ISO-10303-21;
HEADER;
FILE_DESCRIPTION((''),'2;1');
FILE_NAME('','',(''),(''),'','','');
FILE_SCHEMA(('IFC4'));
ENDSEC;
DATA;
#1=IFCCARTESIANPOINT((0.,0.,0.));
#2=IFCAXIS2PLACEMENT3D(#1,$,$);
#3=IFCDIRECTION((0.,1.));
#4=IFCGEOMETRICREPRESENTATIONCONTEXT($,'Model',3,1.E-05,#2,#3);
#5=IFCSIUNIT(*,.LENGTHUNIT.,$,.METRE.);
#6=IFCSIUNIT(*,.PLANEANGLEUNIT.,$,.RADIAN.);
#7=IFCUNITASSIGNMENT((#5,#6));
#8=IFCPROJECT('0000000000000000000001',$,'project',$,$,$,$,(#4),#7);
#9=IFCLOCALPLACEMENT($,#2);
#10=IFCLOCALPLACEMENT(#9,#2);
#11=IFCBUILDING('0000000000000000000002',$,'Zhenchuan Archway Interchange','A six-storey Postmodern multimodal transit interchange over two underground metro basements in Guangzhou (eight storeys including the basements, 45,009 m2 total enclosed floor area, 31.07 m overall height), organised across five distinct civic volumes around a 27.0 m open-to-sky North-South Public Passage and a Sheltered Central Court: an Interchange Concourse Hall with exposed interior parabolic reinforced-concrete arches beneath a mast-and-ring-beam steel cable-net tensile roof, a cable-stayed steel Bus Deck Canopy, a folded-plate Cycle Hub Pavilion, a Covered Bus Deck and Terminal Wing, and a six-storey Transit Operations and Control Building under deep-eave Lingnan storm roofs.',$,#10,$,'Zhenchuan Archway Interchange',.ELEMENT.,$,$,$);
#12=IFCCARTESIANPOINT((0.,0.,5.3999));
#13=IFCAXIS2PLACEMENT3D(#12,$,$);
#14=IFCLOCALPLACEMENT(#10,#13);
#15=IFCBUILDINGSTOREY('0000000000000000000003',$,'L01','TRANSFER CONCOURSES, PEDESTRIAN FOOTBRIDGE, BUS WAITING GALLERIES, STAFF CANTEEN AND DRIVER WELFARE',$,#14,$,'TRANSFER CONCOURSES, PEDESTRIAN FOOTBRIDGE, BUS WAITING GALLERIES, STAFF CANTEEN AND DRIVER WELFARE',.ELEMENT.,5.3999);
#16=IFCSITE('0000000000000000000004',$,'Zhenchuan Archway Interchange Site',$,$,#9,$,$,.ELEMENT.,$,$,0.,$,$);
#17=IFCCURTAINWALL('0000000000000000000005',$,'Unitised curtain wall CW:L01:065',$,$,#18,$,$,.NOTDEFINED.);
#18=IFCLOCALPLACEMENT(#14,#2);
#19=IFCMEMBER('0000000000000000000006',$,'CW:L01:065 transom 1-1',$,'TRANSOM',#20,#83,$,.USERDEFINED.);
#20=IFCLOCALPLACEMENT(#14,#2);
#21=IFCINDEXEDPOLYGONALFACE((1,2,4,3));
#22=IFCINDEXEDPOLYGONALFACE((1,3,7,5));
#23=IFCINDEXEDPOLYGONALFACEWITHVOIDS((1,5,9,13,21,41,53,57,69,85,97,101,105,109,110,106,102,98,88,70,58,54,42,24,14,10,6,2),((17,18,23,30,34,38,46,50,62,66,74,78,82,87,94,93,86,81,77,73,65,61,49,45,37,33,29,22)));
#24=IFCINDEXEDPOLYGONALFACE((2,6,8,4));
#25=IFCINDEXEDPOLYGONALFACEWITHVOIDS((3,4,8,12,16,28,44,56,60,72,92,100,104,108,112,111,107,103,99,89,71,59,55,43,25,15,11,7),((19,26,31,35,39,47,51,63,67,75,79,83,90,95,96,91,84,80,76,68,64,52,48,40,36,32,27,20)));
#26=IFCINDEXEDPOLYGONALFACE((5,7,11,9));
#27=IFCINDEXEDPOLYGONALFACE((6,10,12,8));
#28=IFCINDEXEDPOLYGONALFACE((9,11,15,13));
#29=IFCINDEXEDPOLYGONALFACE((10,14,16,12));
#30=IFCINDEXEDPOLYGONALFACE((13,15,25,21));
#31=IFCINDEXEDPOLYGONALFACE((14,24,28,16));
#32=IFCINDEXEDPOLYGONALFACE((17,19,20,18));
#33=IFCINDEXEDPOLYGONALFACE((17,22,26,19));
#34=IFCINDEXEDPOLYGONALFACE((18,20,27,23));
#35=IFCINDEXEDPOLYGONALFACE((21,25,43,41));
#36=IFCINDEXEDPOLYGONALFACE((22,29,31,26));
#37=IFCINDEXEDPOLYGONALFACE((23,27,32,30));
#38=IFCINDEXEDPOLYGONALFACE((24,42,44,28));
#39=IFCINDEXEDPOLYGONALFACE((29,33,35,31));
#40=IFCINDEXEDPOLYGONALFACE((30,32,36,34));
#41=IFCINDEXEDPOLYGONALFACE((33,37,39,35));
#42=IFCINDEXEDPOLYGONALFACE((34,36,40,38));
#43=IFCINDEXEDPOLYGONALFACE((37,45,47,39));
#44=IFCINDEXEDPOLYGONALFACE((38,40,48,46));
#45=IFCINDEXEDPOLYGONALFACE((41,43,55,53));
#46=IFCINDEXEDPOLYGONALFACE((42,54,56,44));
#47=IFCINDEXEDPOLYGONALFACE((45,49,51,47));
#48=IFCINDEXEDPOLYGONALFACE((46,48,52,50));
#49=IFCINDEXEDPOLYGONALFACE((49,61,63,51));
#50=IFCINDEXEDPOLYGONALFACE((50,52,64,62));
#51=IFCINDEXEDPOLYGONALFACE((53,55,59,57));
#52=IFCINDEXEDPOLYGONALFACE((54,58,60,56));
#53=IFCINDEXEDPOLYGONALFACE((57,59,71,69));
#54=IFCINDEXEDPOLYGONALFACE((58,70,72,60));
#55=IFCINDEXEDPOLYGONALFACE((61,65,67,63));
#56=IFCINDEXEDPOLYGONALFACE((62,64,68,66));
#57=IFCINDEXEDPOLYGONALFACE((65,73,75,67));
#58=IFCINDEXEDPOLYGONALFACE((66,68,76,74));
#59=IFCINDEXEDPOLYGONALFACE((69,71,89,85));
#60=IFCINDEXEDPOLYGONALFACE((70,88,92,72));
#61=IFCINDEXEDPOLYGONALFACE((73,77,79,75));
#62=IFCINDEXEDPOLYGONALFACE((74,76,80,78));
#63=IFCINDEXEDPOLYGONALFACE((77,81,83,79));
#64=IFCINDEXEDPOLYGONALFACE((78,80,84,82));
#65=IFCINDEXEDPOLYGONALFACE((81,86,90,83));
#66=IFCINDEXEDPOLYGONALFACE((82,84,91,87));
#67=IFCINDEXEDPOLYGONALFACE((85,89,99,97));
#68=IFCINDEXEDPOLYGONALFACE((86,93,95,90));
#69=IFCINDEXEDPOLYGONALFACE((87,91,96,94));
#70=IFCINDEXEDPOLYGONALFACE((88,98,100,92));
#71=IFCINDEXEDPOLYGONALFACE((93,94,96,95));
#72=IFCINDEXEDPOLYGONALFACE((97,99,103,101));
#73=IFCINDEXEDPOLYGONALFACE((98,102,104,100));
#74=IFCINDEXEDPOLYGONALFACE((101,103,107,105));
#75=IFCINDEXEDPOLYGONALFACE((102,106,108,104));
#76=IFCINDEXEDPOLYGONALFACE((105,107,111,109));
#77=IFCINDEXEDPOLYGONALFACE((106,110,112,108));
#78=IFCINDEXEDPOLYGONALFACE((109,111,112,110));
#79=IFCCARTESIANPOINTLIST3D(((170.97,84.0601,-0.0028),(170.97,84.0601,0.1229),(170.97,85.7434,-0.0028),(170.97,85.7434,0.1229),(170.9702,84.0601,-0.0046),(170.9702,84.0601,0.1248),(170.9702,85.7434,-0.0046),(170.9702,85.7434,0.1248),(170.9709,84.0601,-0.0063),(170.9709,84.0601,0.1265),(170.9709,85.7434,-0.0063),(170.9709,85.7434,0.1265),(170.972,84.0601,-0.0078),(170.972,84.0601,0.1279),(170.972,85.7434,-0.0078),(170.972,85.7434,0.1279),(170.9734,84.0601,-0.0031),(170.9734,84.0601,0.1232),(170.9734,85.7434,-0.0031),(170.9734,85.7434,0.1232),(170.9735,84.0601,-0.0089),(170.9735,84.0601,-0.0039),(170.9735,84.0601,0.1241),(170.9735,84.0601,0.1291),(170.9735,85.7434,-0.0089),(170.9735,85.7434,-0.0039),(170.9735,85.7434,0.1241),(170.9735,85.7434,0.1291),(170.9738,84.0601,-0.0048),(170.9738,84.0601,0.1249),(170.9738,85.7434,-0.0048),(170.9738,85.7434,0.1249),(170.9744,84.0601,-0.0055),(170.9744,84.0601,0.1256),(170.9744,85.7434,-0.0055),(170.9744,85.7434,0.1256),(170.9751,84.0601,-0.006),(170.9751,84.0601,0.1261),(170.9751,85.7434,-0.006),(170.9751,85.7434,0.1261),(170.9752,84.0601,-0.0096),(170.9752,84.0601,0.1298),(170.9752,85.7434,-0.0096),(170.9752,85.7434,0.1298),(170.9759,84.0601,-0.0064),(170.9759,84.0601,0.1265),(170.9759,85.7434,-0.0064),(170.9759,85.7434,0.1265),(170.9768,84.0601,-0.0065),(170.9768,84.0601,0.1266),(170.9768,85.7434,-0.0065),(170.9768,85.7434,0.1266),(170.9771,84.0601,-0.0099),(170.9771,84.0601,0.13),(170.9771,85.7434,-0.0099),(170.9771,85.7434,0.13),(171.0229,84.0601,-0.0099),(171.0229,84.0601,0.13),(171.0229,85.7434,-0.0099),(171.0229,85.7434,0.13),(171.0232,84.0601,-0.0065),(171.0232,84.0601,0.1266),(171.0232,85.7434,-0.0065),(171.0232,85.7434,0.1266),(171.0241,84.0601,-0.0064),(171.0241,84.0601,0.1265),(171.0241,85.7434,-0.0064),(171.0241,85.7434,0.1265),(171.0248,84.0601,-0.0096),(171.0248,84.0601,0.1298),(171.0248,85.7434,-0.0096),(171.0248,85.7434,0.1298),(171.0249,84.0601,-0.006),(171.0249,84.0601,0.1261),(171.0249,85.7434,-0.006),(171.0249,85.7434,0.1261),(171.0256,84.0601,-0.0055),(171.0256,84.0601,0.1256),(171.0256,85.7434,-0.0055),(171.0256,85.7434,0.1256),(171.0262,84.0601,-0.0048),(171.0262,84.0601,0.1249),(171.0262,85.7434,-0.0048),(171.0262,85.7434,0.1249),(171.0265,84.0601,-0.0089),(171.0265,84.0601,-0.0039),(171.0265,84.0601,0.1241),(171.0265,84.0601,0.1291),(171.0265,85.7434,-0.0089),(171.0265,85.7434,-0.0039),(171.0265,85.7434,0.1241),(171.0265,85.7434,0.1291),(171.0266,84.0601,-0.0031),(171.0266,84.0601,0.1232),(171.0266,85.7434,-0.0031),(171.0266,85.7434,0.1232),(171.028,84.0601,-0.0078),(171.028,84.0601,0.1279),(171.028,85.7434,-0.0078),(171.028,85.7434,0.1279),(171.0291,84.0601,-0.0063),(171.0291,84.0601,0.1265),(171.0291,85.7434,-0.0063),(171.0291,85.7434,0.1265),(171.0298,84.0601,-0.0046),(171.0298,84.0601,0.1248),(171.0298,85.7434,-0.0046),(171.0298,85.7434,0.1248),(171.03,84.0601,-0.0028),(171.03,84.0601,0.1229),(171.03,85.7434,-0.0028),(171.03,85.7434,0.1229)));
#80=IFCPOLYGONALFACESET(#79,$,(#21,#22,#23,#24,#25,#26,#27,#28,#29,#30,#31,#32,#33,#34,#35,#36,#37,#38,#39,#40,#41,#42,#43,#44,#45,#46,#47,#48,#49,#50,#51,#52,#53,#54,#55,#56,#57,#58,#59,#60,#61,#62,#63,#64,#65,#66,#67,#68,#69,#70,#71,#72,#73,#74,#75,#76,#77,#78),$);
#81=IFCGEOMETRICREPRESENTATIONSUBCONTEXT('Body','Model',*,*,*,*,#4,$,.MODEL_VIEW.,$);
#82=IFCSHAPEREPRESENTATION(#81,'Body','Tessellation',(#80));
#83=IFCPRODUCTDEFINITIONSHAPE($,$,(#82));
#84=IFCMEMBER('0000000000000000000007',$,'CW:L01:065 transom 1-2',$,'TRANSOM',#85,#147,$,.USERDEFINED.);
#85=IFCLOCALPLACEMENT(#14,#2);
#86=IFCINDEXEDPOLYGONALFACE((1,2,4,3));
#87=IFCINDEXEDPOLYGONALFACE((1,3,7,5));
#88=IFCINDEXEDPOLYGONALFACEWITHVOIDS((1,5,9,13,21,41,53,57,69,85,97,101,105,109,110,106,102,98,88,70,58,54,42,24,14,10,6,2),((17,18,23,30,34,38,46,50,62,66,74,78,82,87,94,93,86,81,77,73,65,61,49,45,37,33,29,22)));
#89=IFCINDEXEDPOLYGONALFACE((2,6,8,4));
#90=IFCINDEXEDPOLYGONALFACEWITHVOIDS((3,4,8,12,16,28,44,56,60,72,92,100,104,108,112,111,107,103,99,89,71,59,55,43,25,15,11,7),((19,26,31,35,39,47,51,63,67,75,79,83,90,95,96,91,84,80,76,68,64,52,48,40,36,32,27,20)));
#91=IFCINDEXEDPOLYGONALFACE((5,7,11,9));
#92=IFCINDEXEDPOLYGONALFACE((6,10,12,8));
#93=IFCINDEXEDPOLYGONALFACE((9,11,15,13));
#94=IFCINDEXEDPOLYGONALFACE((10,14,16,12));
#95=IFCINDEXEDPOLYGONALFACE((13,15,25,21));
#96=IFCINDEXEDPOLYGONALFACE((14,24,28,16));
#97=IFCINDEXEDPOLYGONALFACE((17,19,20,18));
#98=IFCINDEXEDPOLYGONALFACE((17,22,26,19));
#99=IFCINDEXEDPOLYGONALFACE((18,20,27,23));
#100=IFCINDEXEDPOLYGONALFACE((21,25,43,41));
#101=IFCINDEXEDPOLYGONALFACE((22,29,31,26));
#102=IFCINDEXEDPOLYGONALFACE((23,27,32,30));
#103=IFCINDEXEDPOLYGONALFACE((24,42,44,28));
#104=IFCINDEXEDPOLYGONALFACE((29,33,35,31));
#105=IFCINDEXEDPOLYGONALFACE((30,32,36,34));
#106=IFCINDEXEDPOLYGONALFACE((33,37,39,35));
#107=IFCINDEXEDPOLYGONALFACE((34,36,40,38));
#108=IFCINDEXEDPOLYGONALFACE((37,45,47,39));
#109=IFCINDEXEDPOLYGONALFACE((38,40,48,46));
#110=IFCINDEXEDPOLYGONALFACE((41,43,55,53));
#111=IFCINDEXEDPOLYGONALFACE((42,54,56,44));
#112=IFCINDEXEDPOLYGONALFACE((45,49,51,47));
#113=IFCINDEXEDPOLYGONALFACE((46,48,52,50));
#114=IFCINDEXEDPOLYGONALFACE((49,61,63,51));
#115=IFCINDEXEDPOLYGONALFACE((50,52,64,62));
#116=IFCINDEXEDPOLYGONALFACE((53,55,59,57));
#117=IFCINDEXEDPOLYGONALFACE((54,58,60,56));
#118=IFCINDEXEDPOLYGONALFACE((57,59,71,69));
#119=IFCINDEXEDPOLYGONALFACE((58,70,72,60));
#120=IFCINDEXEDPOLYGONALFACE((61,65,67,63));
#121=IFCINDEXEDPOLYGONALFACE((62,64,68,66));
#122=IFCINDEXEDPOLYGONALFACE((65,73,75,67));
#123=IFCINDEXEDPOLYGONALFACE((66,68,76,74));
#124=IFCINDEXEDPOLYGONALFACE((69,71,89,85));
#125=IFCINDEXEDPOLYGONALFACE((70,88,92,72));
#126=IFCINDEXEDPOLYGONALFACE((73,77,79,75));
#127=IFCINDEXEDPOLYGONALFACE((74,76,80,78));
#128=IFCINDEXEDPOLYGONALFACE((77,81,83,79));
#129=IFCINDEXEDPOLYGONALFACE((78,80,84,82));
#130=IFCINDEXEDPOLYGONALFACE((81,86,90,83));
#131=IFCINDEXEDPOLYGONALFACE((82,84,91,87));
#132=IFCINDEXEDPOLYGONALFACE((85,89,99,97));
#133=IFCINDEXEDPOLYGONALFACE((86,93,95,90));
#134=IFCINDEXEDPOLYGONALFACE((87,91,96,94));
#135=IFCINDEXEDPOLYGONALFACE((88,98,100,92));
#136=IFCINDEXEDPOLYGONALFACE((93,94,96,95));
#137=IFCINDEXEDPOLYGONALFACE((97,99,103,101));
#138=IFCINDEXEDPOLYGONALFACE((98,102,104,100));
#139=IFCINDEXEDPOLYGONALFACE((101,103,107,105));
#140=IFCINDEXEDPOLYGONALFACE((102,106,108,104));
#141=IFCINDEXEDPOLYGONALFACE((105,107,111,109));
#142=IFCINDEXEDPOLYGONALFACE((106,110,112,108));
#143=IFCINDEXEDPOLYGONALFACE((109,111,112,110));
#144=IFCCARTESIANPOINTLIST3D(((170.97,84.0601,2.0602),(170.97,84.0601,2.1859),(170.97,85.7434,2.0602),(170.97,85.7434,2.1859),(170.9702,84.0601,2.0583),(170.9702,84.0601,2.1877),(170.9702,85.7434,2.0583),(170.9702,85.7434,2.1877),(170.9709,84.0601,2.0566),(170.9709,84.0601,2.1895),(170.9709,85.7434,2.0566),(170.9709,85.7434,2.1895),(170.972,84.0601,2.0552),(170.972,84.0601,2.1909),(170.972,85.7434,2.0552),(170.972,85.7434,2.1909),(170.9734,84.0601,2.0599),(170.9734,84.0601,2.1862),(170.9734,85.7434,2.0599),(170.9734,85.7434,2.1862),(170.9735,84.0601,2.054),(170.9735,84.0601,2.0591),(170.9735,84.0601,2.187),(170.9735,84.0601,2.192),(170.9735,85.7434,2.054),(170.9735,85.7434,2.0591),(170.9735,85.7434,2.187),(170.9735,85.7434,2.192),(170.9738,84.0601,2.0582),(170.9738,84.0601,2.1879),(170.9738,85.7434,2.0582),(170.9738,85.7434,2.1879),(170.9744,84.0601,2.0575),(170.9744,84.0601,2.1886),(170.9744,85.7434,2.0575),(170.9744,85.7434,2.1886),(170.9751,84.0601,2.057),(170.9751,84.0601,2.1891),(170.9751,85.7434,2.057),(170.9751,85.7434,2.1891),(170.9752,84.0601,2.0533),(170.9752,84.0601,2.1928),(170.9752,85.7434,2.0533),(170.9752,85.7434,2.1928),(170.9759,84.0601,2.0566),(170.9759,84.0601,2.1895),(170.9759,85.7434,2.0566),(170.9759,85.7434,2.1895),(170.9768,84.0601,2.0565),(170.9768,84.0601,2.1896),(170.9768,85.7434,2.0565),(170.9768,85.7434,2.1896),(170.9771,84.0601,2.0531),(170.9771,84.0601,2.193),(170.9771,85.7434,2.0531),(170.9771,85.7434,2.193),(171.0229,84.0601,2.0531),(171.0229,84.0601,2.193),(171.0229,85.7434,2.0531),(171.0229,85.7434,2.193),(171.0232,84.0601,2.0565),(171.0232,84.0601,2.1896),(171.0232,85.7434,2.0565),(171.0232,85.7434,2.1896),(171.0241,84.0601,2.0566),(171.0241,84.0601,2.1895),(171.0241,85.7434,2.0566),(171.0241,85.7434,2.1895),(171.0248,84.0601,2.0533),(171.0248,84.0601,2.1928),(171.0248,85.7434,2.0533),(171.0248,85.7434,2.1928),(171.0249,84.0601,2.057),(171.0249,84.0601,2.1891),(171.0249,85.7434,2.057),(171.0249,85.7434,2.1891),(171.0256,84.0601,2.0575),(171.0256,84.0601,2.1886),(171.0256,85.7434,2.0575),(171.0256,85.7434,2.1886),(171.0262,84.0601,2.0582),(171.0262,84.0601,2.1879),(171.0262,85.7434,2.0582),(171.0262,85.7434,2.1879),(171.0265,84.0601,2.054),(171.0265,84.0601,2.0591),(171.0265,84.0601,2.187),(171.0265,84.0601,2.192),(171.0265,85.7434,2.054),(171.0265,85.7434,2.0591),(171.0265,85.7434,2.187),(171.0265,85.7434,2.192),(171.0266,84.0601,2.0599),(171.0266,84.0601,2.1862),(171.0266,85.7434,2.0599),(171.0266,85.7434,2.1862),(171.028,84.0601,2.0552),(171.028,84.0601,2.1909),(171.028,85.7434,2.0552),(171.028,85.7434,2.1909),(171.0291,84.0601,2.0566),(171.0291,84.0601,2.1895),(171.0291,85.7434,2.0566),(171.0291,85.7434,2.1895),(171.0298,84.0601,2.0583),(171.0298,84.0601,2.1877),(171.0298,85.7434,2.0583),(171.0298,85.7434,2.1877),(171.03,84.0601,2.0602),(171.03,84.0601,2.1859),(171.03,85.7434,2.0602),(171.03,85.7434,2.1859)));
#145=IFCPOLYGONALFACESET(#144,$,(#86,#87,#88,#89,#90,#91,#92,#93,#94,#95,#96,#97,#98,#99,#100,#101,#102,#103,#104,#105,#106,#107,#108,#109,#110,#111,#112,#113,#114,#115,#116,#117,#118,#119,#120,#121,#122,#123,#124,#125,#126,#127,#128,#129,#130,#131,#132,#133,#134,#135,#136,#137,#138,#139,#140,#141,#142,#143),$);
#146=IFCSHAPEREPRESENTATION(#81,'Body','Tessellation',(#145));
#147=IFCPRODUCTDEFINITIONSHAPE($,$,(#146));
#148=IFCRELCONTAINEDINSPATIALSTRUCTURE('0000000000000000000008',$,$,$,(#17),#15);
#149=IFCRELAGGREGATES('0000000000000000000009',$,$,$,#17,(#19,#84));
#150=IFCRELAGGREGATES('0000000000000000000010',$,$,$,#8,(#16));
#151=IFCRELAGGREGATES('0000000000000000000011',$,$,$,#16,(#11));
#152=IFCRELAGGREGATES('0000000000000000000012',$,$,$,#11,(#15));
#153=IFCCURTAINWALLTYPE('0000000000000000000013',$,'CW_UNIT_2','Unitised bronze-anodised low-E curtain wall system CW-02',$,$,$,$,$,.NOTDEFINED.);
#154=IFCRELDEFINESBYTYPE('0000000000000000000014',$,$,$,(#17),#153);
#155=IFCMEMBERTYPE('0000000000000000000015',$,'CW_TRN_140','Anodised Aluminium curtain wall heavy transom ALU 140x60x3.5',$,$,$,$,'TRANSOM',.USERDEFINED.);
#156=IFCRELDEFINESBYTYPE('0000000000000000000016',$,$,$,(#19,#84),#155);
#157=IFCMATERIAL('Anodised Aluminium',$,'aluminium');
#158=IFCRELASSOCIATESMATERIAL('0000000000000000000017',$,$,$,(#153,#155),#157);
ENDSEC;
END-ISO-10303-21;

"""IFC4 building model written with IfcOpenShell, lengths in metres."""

from ifc_helpers import new_model, si_unit, direction, frame, origin, origin_2d, place, context, subcontext, project, spatial, hollow_rectangle, extrude, material, material_profile, profile_set, type_object, element, aggregate, save


model = new_model("IFC4")

# Units and contexts
model_context = context("Model", 3, precision=1e-05, world=origin(), true_north=direction((0.0, 1.0)))
body_context = subcontext(model_context, "Body", "Model", "MODEL_VIEW")
ifc_project = project(units=[si_unit("LENGTHUNIT", "METRE"), si_unit("PLANEANGLEUNIT", "RADIAN")], contexts=[model_context])

# Site, building, storey
site_placement = place(None, origin())
site = spatial("IfcSite", under=ifc_project, at=site_placement, Name="Zhenchuan Archway Interchange Site", CompositionType="ELEMENT", RefElevation=0.0)
building_placement = place(site_placement, origin())
building = spatial("IfcBuilding", under=site, at=building_placement, Name="Zhenchuan Archway Interchange", Description="A six-storey Postmodern multimodal transit interchange over two underground metro basements in Guangzhou (eight storeys including the basements, 45,009 m2 total enclosed floor area, 31.07 m overall height), organised across five distinct civic volumes around a 27.0 m open-to-sky North-South Public Passage and a Sheltered Central Court: an Interchange Concourse Hall with exposed interior parabolic reinforced-concrete arches beneath a mast-and-ring-beam steel cable-net tensile roof, a cable-stayed steel Bus Deck Canopy, a folded-plate Cycle Hub Pavilion, a Covered Bus Deck and Terminal Wing, and a six-storey Transit Operations and Control Building under deep-eave Lingnan storm roofs.", LongName="Zhenchuan Archway Interchange", CompositionType="ELEMENT")
storey_placement = place(building_placement, frame((0.0, 0.0, 5.3999)))
storey = spatial("IfcBuildingStorey", under=building, at=storey_placement, Name="L01", Description="TRANSFER CONCOURSES, PEDESTRIAN FOOTBRIDGE, BUS WAITING GALLERIES, STAFF CANTEEN AND DRIVER WELFARE", LongName="TRANSFER CONCOURSES, PEDESTRIAN FOOTBRIDGE, BUS WAITING GALLERIES, STAFF CANTEEN AND DRIVER WELFARE", CompositionType="ELEMENT", Elevation=5.3999)

# Curtain wall, members
ifc_material_1 = material(Name="Anodised Aluminium", Category="aluminium")
curtain_wall_type = type_object("IfcCurtainWallType", Name="CW_UNIT_2", Description="Unitised bronze-anodised low-E curtain wall system CW-02", PredefinedType="NOTDEFINED", material=ifc_material_1)
curtain_wall_placement = place(storey_placement, origin())
curtain_wall = element("IfcCurtainWall", 1, at=curtain_wall_placement, inside=storey, type_object=curtain_wall_type, Name="Unitised curtain wall CW:L01:065", PredefinedType="NOTDEFINED")
ifc_material_profile_1 = material_profile(ifc_material_1, hollow_rectangle(XDim=0.0601, YDim=0.1399, WallThickness=0.0034, InnerFilletRadius=0.0034, OuterFilletRadius=0.0071, at=origin_2d()), Name="ALU 140x60x3.5")
ifc_profile_set_1 = profile_set([ifc_material_profile_1], Name="Anodised Aluminium")
member_type_1 = type_object("IfcMemberType", Name="CW_TRN_140", Description="Anodised Aluminium curtain wall heavy transom ALU 140x60x3.5", ElementType="TRANSOM", PredefinedType="USERDEFINED", material=ifc_profile_set_1)
member_1_placement = place(storey_placement, frame((171.0, 85.7434, 0.0601), z_axis=(0.0, -1.0, 0.0), x_axis=(1.0, 0.0, 0.0)))
member_1 = element("IfcMember", 2, at=member_1_placement, type_object=member_type_1, Name="CW:L01:065 transom 1-1", ObjectType="TRANSOM", PredefinedType="USERDEFINED", context=body_context, shape_type="SweptSolid", body=[
    extrude(hollow_rectangle(XDim=0.0601, YDim=0.1399, WallThickness=0.0034, InnerFilletRadius=0.0034, OuterFilletRadius=0.0071, at=origin_2d()), origin(), (0.0, 0.0, 1.0), 1.6833),
])
member_2_placement = place(storey_placement, frame((171.0, 85.7434, 2.123), z_axis=(0.0, -1.0, 0.0), x_axis=(1.0, 0.0, 0.0)))
member_2 = element("IfcMember", 3, at=member_2_placement, type_object=member_type_1, Name="CW:L01:065 transom 1-2", ObjectType="TRANSOM", PredefinedType="USERDEFINED", context=body_context, shape_type="SweptSolid", body=[
    extrude(hollow_rectangle(XDim=0.0601, YDim=0.1399, WallThickness=0.0034, InnerFilletRadius=0.0034, OuterFilletRadius=0.0071, at=origin_2d()), origin(), (0.0, 0.0, 1.0), 1.6833),
])

aggregate(curtain_wall, [member_1, member_2])

save(model, "model.ifc")
